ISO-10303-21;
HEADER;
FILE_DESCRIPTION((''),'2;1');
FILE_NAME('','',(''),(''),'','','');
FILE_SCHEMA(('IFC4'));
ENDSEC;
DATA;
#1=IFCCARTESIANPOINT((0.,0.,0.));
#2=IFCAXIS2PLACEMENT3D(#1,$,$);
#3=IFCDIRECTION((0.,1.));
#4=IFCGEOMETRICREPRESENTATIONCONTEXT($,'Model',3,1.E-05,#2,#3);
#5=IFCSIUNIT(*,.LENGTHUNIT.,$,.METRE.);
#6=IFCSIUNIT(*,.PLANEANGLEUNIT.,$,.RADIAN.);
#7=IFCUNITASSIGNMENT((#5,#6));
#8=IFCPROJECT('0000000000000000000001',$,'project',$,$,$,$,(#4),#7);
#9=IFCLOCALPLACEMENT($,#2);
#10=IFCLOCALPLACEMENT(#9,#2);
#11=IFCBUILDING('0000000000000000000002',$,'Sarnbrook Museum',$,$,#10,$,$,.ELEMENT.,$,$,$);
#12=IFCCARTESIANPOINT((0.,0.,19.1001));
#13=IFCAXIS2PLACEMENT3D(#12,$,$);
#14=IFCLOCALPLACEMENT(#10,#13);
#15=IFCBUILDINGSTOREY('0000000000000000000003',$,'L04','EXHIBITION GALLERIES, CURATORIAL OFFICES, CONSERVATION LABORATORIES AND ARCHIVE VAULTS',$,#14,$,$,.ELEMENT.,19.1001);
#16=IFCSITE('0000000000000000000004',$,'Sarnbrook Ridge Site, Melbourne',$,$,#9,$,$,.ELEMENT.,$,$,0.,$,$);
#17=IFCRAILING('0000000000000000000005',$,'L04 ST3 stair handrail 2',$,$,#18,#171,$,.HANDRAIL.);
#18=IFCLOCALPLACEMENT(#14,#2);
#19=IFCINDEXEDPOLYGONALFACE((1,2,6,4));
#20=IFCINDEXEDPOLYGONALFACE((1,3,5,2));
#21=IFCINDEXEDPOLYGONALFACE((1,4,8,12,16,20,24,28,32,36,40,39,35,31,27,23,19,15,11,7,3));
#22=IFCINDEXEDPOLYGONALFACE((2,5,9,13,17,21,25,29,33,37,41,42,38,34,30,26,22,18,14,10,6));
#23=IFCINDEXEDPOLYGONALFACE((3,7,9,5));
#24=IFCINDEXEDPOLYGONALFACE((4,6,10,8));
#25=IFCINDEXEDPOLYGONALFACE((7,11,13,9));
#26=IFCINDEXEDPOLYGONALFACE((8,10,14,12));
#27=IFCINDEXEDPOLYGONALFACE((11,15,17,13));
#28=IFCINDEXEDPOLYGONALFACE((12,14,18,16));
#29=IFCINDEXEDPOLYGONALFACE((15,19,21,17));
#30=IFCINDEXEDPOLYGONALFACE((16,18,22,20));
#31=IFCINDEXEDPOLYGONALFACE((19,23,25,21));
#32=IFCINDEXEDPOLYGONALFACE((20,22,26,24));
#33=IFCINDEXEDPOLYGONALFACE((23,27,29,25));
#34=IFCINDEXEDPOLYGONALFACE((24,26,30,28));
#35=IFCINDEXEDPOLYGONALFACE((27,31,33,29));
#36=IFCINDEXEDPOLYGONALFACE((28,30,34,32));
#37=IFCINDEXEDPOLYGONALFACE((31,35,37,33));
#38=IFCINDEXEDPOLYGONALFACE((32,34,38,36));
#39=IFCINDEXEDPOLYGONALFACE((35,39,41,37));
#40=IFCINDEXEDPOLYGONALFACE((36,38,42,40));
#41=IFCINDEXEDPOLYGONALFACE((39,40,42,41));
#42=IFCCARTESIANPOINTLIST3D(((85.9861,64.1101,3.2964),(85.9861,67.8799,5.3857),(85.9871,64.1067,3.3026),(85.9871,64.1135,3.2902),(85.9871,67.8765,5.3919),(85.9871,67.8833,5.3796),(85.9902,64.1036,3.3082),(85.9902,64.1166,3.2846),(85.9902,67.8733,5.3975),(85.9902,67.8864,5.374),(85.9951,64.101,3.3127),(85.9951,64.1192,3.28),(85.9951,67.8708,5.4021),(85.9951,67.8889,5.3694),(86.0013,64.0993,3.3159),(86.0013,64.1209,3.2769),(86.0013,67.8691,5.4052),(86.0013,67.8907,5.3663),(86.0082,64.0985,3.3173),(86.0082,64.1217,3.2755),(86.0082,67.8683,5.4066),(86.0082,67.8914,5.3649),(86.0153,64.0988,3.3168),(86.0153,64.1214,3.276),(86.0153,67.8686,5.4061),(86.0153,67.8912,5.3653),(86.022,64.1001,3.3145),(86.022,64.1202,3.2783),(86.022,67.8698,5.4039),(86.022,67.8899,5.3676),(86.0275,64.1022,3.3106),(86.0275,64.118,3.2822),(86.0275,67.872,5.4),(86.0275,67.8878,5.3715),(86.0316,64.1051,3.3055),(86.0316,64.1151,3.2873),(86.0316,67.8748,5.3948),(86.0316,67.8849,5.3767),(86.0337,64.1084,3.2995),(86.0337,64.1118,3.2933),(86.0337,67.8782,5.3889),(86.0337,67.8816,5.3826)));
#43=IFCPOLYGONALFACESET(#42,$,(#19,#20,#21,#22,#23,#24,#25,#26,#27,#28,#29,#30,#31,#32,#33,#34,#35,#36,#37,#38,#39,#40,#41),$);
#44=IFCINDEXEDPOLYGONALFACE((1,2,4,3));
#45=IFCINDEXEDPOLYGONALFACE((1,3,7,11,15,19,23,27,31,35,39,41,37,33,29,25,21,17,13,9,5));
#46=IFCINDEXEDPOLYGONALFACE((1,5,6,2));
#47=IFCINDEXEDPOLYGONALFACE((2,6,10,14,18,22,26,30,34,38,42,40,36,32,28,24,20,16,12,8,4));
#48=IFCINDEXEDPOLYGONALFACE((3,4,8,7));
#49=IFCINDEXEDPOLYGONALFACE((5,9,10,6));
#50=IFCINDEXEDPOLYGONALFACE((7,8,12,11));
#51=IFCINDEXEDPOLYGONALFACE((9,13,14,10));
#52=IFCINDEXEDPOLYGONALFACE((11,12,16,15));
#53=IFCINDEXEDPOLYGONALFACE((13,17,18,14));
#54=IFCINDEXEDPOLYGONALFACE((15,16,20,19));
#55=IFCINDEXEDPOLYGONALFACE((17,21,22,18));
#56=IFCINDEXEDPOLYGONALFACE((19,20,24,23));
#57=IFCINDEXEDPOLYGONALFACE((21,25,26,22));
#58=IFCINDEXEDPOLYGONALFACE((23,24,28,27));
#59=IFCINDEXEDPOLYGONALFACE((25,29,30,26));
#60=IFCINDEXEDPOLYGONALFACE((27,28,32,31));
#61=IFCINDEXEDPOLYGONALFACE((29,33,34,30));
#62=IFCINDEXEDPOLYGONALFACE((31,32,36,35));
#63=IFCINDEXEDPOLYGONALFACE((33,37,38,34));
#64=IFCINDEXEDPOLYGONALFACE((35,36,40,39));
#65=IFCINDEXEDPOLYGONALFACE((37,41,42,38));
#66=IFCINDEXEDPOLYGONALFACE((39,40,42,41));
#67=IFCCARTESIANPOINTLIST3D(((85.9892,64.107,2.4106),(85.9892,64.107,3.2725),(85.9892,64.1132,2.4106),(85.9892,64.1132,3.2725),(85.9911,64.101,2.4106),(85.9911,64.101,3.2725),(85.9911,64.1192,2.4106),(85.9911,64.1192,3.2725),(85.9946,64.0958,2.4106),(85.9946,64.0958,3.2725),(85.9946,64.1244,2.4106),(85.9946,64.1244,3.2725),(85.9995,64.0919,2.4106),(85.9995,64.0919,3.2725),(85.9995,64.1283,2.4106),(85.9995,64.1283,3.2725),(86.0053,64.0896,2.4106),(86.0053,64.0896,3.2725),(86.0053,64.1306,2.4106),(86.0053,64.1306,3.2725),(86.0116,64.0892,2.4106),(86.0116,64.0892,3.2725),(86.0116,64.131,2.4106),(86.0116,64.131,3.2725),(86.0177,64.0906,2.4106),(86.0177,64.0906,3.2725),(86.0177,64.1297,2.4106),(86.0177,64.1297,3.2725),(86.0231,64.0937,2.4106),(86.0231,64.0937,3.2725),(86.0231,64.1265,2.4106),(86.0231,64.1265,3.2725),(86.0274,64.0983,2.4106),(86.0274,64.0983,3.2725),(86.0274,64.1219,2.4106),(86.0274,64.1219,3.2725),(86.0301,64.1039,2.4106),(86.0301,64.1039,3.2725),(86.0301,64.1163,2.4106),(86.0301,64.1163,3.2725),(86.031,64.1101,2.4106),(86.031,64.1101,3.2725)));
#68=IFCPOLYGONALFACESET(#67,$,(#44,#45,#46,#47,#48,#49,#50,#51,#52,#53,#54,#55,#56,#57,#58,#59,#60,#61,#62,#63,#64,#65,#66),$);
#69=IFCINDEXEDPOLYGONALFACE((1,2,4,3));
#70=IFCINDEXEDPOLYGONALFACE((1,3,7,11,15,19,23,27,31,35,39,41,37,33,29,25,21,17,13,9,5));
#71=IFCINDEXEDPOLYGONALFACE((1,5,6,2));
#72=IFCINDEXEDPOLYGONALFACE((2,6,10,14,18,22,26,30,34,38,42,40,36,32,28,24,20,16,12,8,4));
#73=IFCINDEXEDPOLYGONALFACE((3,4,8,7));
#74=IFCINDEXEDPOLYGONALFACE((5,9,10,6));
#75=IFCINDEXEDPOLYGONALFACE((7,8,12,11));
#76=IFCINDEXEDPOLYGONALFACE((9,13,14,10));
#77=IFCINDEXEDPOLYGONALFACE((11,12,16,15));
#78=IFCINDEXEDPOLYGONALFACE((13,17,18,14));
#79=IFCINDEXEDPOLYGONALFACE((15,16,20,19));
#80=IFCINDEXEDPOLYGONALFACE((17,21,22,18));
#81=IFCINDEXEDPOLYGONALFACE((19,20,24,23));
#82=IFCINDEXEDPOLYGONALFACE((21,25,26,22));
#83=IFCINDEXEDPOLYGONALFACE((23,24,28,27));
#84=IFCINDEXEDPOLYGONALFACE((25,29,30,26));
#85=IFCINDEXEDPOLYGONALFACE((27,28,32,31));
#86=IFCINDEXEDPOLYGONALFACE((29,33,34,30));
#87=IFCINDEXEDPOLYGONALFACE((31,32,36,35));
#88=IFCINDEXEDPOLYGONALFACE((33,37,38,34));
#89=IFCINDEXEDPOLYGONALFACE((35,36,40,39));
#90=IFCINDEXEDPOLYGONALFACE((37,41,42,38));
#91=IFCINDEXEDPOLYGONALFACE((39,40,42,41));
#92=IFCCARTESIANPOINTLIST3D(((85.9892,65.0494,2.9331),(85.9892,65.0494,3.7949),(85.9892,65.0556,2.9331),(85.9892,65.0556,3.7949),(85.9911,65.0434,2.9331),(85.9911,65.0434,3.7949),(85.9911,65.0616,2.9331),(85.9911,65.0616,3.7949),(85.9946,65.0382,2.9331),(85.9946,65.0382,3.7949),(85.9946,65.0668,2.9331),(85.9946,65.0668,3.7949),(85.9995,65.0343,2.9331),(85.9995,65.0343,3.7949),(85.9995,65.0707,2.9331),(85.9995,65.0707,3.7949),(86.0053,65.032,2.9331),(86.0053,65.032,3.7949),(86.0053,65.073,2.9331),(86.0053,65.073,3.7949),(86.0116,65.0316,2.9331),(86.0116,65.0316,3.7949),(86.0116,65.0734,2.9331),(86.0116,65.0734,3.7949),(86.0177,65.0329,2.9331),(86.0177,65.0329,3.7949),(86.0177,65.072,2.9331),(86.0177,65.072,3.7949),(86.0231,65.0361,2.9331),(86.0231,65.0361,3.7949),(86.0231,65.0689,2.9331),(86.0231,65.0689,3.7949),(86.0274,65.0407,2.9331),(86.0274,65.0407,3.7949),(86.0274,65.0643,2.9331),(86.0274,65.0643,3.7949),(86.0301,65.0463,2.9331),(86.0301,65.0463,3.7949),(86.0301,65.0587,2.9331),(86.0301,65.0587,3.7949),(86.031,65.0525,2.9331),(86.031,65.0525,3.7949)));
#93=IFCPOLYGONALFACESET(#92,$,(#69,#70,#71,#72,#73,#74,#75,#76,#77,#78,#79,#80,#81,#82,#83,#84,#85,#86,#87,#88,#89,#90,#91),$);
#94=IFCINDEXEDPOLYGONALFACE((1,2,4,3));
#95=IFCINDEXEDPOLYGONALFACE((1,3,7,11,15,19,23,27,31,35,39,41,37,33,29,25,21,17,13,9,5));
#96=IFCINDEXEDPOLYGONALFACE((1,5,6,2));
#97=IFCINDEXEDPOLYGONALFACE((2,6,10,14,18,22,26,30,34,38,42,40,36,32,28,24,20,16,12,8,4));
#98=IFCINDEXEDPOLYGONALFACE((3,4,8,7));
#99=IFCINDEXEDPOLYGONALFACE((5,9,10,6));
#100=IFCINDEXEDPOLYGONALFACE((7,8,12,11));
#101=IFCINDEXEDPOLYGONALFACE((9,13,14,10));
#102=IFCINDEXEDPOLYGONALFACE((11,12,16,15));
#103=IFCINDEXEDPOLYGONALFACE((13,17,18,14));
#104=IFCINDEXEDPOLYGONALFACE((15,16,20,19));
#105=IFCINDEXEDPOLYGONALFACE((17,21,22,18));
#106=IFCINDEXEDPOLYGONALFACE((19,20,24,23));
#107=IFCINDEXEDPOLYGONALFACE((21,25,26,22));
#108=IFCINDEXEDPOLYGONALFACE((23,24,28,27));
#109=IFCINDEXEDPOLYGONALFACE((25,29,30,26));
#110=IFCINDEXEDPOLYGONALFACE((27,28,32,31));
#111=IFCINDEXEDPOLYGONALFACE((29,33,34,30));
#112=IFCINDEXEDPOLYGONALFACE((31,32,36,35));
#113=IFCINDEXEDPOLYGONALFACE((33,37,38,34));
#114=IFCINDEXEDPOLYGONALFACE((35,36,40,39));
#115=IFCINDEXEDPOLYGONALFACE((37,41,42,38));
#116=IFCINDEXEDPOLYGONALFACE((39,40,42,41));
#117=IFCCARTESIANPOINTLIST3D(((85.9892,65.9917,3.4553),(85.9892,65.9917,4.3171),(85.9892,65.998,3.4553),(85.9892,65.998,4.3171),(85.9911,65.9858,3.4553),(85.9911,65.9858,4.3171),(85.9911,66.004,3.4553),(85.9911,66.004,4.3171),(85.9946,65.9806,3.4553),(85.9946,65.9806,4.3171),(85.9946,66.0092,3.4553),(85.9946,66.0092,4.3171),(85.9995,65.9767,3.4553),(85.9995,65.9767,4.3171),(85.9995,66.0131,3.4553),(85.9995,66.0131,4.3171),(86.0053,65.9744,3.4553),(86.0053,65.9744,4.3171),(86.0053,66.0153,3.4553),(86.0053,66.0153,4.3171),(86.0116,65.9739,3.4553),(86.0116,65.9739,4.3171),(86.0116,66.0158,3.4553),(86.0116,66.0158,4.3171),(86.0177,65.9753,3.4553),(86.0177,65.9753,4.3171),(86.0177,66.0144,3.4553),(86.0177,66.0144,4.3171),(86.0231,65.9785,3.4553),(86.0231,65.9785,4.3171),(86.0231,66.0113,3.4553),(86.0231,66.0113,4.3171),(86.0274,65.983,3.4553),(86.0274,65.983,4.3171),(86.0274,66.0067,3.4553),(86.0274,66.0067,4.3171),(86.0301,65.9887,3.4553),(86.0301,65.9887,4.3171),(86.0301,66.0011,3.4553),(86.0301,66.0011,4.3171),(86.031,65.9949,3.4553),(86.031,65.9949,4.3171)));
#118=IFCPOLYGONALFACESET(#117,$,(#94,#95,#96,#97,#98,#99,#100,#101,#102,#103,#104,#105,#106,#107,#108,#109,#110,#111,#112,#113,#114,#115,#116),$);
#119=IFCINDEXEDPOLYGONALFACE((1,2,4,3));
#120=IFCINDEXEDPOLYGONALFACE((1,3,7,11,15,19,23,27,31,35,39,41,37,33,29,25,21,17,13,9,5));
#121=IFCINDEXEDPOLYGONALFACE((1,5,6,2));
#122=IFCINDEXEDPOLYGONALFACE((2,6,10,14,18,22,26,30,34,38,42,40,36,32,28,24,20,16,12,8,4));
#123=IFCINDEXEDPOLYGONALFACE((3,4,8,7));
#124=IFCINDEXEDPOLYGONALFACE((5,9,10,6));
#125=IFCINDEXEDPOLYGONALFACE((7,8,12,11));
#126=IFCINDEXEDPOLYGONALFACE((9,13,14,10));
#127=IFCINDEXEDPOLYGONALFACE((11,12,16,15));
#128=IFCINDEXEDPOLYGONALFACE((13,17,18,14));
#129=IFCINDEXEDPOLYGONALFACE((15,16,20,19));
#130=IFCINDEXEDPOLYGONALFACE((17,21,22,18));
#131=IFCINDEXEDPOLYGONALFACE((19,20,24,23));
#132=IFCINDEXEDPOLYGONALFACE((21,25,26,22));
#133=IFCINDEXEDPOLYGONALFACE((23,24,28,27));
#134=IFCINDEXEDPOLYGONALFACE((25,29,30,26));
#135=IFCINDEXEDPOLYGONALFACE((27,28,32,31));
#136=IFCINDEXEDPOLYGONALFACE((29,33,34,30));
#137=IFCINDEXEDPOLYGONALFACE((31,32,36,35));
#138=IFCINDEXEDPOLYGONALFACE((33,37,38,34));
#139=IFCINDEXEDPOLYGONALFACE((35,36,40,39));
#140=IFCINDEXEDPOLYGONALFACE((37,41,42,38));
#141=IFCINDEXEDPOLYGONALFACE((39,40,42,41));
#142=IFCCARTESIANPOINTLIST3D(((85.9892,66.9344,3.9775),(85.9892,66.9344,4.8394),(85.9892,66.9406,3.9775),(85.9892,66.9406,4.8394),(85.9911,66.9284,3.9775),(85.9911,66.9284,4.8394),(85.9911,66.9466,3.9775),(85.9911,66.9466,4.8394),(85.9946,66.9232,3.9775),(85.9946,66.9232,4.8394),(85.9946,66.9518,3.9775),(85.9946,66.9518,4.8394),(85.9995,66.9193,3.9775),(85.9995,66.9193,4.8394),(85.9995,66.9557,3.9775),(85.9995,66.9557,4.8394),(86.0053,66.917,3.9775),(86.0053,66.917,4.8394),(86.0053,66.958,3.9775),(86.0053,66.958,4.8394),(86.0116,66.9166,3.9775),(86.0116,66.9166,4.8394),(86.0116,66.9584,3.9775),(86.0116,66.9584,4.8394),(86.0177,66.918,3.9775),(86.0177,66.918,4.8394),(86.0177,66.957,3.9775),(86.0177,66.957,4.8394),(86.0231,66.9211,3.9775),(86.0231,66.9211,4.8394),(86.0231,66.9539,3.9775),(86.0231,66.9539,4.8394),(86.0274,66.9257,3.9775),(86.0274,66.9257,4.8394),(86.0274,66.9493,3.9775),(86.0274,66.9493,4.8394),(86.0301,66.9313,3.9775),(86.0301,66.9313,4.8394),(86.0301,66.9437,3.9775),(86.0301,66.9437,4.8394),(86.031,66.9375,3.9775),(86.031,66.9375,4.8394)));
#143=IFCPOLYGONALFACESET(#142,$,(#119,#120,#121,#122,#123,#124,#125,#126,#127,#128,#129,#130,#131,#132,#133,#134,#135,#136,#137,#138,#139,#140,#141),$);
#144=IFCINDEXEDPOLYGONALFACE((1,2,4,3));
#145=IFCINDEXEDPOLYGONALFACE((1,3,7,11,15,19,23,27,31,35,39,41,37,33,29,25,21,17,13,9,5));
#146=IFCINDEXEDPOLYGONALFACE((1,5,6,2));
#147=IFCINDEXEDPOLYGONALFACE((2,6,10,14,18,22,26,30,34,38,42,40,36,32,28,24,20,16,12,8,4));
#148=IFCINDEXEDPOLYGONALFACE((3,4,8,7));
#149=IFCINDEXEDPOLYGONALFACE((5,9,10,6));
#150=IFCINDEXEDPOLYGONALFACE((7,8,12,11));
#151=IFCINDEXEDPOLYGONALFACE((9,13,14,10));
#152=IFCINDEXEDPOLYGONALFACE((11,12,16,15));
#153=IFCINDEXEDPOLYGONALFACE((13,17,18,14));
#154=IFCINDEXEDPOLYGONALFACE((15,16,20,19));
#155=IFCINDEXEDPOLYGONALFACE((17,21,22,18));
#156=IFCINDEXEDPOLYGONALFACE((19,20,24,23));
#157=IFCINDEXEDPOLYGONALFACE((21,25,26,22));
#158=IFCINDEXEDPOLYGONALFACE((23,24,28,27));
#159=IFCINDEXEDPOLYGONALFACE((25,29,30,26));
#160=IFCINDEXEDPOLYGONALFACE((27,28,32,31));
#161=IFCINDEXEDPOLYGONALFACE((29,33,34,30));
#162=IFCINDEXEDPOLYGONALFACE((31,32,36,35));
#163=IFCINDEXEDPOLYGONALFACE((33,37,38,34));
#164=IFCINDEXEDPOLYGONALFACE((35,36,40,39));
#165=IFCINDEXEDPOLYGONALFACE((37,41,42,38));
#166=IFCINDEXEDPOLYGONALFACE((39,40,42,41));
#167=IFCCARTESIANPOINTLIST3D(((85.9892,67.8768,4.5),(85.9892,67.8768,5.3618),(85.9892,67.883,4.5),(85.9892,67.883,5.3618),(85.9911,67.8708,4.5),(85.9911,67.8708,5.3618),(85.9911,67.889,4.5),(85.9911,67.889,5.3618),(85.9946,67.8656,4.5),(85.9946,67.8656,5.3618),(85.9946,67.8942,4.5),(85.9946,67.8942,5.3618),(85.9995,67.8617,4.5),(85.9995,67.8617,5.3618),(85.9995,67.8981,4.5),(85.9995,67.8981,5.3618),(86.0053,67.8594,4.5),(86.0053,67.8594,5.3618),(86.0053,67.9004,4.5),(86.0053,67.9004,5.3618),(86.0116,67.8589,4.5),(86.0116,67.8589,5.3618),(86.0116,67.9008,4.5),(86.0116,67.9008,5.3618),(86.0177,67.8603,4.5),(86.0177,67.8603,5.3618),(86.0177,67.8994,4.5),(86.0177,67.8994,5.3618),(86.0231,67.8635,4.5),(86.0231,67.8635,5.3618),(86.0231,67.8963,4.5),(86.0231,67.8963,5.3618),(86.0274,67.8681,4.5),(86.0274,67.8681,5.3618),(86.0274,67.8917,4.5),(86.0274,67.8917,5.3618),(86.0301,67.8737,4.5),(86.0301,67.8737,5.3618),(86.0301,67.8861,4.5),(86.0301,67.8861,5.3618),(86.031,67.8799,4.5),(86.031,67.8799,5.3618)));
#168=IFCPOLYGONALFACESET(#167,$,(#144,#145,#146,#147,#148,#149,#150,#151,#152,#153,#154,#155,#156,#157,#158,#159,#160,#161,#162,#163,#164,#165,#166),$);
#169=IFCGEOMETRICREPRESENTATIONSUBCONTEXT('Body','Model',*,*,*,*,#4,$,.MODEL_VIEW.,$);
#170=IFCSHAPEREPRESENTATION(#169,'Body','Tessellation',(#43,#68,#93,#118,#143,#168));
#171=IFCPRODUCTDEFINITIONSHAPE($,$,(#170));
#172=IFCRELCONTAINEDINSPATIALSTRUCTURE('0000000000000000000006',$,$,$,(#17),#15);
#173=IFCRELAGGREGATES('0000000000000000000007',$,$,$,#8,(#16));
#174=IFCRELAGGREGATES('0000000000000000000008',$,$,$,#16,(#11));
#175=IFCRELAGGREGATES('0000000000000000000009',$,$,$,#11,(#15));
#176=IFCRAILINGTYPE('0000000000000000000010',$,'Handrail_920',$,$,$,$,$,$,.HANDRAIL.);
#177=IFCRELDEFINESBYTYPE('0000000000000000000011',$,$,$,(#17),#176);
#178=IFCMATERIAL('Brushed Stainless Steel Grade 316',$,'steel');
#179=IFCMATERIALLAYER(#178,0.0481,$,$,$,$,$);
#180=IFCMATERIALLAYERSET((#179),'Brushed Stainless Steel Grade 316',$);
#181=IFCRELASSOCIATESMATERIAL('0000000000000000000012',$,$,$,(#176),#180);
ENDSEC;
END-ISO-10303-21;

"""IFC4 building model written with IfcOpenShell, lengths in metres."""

from ifc_helpers import new_model, si_unit, direction, frame, origin, origin_2d, place, context, subcontext, project, spatial, circle, extrude, material, layer, layer_set, type_object, element, save


model = new_model("IFC4")

# Units and contexts
model_context = context("Model", 3, precision=1e-05, world=origin(), true_north=direction((0.0, 1.0)))
body_context = subcontext(model_context, "Body", "Model", "MODEL_VIEW")
ifc_project = project(units=[si_unit("LENGTHUNIT", "METRE"), si_unit("PLANEANGLEUNIT", "RADIAN")], contexts=[model_context])

# Site, building, storey
site_placement = place(None, origin())
site = spatial("IfcSite", under=ifc_project, at=site_placement, Name="Sarnbrook Ridge Site, Melbourne", CompositionType="ELEMENT", RefElevation=0.0)
building_placement = place(site_placement, origin())
building = spatial("IfcBuilding", under=site, at=building_placement, Name="Sarnbrook Museum", CompositionType="ELEMENT")
storey_placement = place(building_placement, frame((0.0, 0.0, 19.1001)))
storey = spatial("IfcBuildingStorey", under=building, at=storey_placement, Name="L04", Description="EXHIBITION GALLERIES, CURATORIAL OFFICES, CONSERVATION LABORATORIES AND ARCHIVE VAULTS", CompositionType="ELEMENT", Elevation=19.1001)

# Shared definitions
ifc_material_1 = material(Name="Brushed Stainless Steel Grade 316", Category="steel")

# Railing
ifc_layer_1 = layer(ifc_material_1, 0.0481)
ifc_layer_set_1 = layer_set([ifc_layer_1], Name="Brushed Stainless Steel Grade 316")
railing_type_1 = type_object("IfcRailingType", Name="Handrail_920", PredefinedType="HANDRAIL", material=ifc_layer_set_1)
railing_1_placement = place(storey_placement, frame((86.01, 64.1101, 2.4106)))
element("IfcRailing", 1, at=railing_1_placement, inside=storey, type_object=railing_type_1, Name="L04 ST3 stair handrail 2", PredefinedType="HANDRAIL", context=body_context, shape_type="SweptSolid", body=[
    extrude(circle(Radius=0.0239, at=origin_2d()), frame((0.0, 0.0, 0.8857), z_axis=(0.0, 0.874646, 0.484763), x_axis=(-1.0, 0.0, 0.0)), (0.0, 0.0, 1.0), 4.3101),
    extrude(circle(Radius=0.021, at=origin_2d()), origin(), (0.0, 0.0, 1.0), 0.8618),
    extrude(circle(Radius=0.021, at=origin_2d()), frame((0.0, 0.9424, 0.5225)), (0.0, 0.0, 1.0), 0.8618),
    extrude(circle(Radius=0.021, at=origin_2d()), frame((0.0, 1.8848, 1.0447)), (0.0, 0.0, 1.0), 0.8618),
    extrude(circle(Radius=0.021, at=origin_2d()), frame((0.0, 2.8274, 1.5669)), (0.0, 0.0, 1.0), 0.8618),
    extrude(circle(Radius=0.021, at=origin_2d()), frame((0.0, 3.7698, 2.0894)), (0.0, 0.0, 1.0), 0.8618),
])

save(model, "model.ifc")
